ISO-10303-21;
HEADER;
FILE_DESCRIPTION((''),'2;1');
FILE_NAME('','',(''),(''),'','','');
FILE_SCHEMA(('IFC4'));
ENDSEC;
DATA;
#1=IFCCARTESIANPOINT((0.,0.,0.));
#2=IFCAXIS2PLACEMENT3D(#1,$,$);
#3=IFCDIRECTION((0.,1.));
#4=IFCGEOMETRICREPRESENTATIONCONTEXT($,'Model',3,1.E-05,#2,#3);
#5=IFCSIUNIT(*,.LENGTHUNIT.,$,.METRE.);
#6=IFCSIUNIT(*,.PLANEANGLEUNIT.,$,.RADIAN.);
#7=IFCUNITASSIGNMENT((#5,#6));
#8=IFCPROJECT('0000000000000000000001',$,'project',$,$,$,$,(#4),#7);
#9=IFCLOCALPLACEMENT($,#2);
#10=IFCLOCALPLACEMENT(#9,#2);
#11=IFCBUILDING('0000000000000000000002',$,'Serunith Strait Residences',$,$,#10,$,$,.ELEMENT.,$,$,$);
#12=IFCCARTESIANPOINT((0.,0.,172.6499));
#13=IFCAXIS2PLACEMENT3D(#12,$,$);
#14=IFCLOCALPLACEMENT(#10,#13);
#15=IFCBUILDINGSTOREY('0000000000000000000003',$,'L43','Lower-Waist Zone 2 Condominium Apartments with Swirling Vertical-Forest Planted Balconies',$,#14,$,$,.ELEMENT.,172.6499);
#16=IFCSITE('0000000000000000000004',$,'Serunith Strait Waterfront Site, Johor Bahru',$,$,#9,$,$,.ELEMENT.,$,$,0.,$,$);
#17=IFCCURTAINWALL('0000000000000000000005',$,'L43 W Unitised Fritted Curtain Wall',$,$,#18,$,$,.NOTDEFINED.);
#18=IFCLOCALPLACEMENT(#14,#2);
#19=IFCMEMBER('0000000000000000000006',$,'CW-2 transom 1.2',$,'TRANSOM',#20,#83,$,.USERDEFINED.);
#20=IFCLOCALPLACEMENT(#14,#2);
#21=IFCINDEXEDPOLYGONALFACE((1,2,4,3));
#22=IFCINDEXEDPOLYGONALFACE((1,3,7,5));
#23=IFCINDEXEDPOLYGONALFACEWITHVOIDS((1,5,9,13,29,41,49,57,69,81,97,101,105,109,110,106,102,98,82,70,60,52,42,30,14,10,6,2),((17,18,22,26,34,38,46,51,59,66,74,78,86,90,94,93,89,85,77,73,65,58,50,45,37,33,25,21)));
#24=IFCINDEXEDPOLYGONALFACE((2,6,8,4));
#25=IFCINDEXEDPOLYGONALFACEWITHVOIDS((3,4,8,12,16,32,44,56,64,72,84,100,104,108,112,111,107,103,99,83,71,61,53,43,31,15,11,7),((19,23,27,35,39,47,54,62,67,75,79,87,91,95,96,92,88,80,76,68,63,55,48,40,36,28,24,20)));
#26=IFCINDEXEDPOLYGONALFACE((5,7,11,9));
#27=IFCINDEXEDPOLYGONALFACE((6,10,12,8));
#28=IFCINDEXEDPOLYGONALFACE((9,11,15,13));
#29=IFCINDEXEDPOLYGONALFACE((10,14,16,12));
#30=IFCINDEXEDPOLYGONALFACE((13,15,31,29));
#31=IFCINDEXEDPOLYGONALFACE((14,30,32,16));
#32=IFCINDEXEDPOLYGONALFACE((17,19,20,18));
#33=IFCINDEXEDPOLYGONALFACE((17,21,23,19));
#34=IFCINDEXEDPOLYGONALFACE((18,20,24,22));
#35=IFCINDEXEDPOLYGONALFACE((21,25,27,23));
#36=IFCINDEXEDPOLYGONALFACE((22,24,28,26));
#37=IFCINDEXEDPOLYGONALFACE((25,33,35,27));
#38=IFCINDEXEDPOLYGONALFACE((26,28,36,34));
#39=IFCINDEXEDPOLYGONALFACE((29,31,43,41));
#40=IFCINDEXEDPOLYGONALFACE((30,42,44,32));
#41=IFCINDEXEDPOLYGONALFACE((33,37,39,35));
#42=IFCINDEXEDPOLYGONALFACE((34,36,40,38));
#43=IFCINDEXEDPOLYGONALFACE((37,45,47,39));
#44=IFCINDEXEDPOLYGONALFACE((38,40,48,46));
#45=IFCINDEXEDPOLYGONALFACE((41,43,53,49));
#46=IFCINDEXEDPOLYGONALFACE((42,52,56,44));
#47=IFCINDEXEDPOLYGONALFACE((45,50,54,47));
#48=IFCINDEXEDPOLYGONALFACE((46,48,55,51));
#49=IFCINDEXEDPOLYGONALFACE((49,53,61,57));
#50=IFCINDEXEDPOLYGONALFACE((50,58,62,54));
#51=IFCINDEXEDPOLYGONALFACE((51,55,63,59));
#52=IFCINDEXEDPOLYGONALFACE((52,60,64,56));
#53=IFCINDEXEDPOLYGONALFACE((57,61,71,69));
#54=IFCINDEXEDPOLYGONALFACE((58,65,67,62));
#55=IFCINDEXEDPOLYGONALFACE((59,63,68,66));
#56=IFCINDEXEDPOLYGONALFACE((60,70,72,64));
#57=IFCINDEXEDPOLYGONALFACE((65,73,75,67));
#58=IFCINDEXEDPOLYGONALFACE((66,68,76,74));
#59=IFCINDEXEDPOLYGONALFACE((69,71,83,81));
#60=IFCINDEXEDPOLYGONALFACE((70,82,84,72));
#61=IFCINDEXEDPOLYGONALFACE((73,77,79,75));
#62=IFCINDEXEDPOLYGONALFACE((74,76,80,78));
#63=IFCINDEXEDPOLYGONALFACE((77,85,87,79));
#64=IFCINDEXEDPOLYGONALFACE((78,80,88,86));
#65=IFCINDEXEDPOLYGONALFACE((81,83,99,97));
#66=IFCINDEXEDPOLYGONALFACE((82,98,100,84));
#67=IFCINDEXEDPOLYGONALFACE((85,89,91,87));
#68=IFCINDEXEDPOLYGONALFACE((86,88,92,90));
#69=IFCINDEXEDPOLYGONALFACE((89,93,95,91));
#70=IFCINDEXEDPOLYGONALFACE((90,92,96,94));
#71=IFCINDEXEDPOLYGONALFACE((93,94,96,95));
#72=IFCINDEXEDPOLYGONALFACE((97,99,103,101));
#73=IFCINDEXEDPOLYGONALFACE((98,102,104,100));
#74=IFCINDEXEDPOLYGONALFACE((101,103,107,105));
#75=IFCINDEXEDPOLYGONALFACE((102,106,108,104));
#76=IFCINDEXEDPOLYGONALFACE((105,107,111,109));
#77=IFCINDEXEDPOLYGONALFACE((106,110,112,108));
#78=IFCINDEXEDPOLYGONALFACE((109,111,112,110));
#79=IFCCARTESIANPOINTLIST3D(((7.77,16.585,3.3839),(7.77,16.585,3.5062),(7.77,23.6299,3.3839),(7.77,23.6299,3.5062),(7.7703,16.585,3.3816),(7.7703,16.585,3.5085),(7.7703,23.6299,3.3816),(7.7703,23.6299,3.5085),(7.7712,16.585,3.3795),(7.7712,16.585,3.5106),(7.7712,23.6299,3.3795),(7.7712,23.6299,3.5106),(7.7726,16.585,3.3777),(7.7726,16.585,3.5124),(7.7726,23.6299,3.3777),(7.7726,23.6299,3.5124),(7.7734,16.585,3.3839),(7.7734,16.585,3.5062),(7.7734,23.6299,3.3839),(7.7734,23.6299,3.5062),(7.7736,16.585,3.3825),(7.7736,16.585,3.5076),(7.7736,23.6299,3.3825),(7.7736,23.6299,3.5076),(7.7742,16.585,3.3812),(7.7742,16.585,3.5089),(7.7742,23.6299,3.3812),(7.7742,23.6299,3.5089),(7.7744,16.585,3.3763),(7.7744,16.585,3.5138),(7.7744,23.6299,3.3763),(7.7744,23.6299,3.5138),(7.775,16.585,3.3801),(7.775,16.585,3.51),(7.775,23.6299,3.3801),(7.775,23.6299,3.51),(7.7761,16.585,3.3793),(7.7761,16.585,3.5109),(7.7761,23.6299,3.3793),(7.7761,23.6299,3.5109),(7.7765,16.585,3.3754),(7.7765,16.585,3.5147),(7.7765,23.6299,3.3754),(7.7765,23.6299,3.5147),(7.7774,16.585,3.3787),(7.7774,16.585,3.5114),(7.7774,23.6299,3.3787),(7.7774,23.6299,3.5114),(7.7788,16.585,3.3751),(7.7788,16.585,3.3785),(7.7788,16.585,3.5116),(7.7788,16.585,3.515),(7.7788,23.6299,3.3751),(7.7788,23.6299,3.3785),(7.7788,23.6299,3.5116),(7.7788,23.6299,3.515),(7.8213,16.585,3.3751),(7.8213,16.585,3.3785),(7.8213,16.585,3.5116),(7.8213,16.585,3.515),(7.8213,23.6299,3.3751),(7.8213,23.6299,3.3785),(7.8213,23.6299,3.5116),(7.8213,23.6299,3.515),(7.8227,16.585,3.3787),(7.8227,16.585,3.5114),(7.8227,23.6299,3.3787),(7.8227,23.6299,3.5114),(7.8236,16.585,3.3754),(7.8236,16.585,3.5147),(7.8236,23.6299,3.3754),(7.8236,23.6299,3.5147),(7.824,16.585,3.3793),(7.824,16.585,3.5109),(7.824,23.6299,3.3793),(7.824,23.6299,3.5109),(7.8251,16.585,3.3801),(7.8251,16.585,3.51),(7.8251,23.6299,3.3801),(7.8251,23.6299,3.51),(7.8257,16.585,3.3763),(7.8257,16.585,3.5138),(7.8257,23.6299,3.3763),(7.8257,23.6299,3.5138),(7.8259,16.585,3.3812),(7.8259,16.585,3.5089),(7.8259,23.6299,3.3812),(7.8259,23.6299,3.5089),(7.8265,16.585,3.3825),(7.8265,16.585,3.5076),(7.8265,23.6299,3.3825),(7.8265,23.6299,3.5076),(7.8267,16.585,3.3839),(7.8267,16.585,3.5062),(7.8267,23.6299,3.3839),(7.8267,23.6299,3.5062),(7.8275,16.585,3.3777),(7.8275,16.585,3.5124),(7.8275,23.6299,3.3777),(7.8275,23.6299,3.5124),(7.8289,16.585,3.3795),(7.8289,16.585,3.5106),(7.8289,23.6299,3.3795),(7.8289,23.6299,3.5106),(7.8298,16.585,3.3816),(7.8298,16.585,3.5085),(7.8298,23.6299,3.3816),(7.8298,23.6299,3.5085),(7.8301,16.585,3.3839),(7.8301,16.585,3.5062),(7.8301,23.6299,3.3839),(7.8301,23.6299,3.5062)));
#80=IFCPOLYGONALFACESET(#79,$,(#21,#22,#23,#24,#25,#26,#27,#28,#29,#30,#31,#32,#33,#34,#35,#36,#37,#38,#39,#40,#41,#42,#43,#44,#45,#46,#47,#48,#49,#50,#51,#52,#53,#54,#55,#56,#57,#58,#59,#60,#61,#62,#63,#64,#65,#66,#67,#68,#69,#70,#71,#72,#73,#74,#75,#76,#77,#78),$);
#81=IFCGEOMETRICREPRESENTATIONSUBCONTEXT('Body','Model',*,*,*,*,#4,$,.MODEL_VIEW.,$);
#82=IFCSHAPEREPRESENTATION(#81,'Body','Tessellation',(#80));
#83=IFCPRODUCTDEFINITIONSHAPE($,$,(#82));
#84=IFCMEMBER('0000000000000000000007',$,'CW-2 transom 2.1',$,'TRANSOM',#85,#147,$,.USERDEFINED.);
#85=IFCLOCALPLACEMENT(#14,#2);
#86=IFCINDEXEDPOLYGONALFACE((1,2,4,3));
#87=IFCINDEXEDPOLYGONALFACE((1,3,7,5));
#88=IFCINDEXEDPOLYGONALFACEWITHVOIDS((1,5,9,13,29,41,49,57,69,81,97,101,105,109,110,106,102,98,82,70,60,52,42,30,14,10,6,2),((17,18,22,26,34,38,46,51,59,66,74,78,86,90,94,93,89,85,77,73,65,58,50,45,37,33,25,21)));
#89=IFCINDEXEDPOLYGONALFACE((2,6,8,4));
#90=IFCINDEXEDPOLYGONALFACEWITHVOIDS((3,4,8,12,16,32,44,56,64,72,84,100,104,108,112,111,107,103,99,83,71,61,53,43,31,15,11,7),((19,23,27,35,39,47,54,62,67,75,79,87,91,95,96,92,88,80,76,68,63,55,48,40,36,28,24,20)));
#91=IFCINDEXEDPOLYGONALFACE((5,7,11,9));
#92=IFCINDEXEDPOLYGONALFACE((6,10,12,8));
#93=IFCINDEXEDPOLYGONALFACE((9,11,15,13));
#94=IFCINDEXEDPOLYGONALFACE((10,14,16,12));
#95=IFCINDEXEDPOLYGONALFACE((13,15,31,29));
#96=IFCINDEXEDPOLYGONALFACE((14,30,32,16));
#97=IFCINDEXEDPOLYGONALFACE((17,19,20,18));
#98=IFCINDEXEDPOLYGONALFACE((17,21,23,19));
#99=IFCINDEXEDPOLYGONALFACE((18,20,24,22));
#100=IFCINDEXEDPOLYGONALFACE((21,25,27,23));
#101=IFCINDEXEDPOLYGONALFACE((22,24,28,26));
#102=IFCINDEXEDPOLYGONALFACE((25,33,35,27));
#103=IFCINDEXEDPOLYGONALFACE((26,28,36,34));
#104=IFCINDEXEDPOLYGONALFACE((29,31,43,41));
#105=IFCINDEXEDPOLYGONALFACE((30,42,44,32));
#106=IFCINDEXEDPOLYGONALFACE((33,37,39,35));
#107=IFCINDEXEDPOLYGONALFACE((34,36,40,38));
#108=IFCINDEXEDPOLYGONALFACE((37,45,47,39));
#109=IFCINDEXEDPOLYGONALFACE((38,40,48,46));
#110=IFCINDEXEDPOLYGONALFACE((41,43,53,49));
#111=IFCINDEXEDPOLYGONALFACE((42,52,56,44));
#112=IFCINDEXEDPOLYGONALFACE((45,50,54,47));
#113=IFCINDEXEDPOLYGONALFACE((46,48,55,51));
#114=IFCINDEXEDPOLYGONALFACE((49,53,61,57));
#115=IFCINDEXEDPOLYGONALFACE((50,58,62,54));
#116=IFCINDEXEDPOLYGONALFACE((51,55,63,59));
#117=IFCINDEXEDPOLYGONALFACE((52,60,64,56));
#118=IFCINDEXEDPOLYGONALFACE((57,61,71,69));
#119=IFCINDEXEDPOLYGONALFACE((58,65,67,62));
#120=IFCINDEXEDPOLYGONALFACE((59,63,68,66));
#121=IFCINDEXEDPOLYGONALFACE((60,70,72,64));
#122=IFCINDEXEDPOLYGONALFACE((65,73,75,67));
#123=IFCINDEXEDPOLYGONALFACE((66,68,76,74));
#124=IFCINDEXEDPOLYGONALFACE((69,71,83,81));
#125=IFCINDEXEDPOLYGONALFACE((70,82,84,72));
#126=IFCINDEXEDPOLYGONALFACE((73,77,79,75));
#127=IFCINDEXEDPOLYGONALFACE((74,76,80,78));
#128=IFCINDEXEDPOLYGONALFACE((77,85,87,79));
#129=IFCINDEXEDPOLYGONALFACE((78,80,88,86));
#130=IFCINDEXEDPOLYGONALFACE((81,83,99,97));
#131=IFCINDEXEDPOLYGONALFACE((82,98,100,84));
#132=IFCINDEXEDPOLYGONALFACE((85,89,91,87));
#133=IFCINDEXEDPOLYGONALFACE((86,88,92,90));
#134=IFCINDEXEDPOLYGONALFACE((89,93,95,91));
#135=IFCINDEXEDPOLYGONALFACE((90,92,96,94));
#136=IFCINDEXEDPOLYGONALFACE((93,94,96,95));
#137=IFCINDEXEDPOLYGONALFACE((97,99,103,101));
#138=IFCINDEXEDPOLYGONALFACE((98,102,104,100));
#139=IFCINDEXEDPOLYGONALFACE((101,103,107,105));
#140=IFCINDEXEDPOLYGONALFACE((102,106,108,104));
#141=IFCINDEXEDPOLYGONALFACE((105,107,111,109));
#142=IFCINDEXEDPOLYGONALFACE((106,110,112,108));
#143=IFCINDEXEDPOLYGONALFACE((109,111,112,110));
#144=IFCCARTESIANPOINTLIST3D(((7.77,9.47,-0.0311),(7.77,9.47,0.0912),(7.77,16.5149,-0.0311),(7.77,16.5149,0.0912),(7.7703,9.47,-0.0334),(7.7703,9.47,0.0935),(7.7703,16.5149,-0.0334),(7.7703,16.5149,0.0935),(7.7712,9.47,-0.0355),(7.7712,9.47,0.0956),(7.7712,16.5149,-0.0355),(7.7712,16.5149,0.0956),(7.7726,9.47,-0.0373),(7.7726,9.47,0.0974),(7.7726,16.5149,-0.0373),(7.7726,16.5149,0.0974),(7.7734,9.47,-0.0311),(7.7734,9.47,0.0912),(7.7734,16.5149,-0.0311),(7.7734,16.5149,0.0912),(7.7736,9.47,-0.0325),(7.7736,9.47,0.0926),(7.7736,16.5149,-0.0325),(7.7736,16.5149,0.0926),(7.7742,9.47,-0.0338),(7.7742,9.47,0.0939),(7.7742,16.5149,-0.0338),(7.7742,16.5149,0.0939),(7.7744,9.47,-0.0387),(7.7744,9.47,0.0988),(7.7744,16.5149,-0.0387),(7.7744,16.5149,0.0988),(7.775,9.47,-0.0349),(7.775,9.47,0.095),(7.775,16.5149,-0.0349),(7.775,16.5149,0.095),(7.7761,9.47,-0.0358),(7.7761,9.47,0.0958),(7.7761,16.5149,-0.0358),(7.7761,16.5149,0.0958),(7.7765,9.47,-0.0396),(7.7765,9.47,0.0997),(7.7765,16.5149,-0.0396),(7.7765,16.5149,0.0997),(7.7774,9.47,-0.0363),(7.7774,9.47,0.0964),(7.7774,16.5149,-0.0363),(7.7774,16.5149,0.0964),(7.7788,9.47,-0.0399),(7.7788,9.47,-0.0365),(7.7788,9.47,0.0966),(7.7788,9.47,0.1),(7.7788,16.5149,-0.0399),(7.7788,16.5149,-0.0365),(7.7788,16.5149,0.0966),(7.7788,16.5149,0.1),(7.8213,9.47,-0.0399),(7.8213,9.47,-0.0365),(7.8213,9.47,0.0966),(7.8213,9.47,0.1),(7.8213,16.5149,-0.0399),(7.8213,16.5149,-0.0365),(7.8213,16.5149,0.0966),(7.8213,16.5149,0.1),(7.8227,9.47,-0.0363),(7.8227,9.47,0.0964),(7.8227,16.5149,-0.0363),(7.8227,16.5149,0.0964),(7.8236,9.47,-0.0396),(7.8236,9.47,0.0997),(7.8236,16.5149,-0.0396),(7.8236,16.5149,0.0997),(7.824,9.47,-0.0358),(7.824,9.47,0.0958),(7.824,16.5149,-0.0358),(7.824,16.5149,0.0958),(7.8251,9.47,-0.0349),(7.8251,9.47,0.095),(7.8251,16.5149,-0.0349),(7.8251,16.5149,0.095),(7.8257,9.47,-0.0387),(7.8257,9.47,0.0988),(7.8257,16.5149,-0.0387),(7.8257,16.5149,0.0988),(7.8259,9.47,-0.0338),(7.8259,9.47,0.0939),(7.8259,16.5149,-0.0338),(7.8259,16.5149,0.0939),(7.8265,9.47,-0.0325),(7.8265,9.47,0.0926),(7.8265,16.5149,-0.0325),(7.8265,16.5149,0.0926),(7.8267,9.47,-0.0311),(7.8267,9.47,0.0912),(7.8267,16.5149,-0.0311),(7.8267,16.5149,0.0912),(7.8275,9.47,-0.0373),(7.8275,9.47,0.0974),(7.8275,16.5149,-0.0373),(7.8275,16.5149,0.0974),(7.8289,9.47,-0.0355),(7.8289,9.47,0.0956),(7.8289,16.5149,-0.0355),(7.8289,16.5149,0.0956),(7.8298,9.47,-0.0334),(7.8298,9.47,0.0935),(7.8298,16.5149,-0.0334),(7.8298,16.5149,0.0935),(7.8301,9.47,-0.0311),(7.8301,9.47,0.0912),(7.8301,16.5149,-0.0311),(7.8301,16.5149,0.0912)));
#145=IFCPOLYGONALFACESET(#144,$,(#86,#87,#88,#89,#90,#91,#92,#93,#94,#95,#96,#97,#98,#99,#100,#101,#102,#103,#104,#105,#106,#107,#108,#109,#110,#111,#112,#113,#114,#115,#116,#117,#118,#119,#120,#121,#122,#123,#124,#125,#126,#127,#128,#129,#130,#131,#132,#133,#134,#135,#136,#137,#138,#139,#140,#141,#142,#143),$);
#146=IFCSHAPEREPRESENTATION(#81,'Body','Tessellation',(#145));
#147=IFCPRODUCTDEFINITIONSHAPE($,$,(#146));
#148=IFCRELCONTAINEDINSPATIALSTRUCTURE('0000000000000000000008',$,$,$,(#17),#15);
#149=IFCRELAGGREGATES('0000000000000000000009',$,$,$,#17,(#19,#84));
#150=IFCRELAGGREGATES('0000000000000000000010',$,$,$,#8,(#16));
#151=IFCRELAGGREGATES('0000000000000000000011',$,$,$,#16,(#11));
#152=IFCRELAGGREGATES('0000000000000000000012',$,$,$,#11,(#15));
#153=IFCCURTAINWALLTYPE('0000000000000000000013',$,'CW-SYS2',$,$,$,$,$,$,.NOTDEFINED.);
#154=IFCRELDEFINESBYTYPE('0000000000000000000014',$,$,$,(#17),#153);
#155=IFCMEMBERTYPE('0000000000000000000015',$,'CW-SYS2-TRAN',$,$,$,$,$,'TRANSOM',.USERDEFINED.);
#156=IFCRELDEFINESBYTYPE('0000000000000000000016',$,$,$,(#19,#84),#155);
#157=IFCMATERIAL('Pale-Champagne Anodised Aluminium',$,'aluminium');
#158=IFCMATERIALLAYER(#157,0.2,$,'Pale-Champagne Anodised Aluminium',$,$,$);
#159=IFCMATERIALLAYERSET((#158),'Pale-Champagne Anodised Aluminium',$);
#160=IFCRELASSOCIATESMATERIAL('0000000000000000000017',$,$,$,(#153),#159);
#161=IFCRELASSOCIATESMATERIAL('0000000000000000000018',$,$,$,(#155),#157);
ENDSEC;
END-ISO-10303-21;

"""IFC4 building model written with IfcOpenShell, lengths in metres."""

from ifc_helpers import new_model, si_unit, direction, frame, origin, origin_2d, place, context, subcontext, project, spatial, hollow_rectangle, extrude, source, transform, mapped, material, layer, layer_set, material_profile, profile_set, type_object, element, aggregate, save


model = new_model("IFC4")

# Units and contexts
model_context = context("Model", 3, precision=1e-05, world=origin(), true_north=direction((0.0, 1.0)))
body_context = subcontext(model_context, "Body", "Model", "MODEL_VIEW")
ifc_project = project(units=[si_unit("LENGTHUNIT", "METRE"), si_unit("PLANEANGLEUNIT", "RADIAN")], contexts=[model_context])

# Site, building, storey
site_placement = place(None, origin())
site = spatial("IfcSite", under=ifc_project, at=site_placement, Name="Serunith Strait Waterfront Site, Johor Bahru", CompositionType="ELEMENT", RefElevation=0.0)
building_placement = place(site_placement, origin())
building = spatial("IfcBuilding", under=site, at=building_placement, Name="Serunith Strait Residences", CompositionType="ELEMENT")
storey_placement = place(building_placement, frame((0.0, 0.0, 172.6499)))
storey = spatial("IfcBuildingStorey", under=building, at=storey_placement, Name="L43", Description="Lower-Waist Zone 2 Condominium Apartments with Swirling Vertical-Forest Planted Balconies", CompositionType="ELEMENT", Elevation=172.6499)

# Curtain wall, members
ifc_material_1 = material(Name="Pale-Champagne Anodised Aluminium", Category="aluminium")
ifc_layer_1 = layer(ifc_material_1, 0.2, Name="Pale-Champagne Anodised Aluminium")
ifc_layer_set_1 = layer_set([ifc_layer_1], Name="Pale-Champagne Anodised Aluminium")
curtain_wall_type = type_object("IfcCurtainWallType", Name="CW-SYS2", PredefinedType="NOTDEFINED", material=ifc_layer_set_1)
curtain_wall_placement = place(storey_placement, origin())
curtain_wall = element("IfcCurtainWall", 1, at=curtain_wall_placement, inside=storey, type_object=curtain_wall_type, Name="L43 W Unitised Fritted Curtain Wall", PredefinedType="NOTDEFINED")
ifc_material_profile_1 = material_profile(ifc_material_1, hollow_rectangle(XDim=0.0601, YDim=0.1399, WallThickness=0.0034, InnerFilletRadius=0.0054, OuterFilletRadius=0.0088, at=origin_2d()), Name="ALU 140x60x3.5")
ifc_profile_set_1 = profile_set([ifc_material_profile_1], Name="Pale-Champagne Anodised Aluminium")
member_type_1 = type_object("IfcMemberType", Name="CW-SYS2-TRAN", ElementType="TRANSOM", PredefinedType="USERDEFINED", material=ifc_profile_set_1)
shared_shape_1 = source(origin(), body_context, "Body", "SweptSolid", [
    extrude(hollow_rectangle(XDim=0.0601, YDim=0.1399, WallThickness=0.0034, InnerFilletRadius=0.0054, OuterFilletRadius=0.0088, at=origin_2d()), origin(), (0.0, 0.0, 1.0), 7.0449),
])
member_1_placement = place(storey_placement, frame((7.8, 23.6299, 3.4451), z_axis=(0.0, -1.0, 0.0), x_axis=(1.0, 0.0, 0.0)))
member_1 = element("IfcMember", 2, at=member_1_placement, type_object=member_type_1, Name="CW-2 transom 1.2", ObjectType="TRANSOM", PredefinedType="USERDEFINED", context=body_context, shape_type="MappedRepresentation", body=[
    mapped(shared_shape_1, transform((0.0, 0.0, 0.0), scale=1.0)),
])
member_2_placement = place(storey_placement, frame((7.8, 16.5149, 0.03), z_axis=(0.0, -1.0, 0.0), x_axis=(1.0, 0.0, 0.0)))
member_2 = element("IfcMember", 3, at=member_2_placement, type_object=member_type_1, Name="CW-2 transom 2.1", ObjectType="TRANSOM", PredefinedType="USERDEFINED", context=body_context, shape_type="MappedRepresentation", body=[
    mapped(shared_shape_1, transform((0.0, 0.0, 0.0), scale=1.0)),
])
aggregate(curtain_wall, [member_1, member_2])

save(model, "model.ifc")
